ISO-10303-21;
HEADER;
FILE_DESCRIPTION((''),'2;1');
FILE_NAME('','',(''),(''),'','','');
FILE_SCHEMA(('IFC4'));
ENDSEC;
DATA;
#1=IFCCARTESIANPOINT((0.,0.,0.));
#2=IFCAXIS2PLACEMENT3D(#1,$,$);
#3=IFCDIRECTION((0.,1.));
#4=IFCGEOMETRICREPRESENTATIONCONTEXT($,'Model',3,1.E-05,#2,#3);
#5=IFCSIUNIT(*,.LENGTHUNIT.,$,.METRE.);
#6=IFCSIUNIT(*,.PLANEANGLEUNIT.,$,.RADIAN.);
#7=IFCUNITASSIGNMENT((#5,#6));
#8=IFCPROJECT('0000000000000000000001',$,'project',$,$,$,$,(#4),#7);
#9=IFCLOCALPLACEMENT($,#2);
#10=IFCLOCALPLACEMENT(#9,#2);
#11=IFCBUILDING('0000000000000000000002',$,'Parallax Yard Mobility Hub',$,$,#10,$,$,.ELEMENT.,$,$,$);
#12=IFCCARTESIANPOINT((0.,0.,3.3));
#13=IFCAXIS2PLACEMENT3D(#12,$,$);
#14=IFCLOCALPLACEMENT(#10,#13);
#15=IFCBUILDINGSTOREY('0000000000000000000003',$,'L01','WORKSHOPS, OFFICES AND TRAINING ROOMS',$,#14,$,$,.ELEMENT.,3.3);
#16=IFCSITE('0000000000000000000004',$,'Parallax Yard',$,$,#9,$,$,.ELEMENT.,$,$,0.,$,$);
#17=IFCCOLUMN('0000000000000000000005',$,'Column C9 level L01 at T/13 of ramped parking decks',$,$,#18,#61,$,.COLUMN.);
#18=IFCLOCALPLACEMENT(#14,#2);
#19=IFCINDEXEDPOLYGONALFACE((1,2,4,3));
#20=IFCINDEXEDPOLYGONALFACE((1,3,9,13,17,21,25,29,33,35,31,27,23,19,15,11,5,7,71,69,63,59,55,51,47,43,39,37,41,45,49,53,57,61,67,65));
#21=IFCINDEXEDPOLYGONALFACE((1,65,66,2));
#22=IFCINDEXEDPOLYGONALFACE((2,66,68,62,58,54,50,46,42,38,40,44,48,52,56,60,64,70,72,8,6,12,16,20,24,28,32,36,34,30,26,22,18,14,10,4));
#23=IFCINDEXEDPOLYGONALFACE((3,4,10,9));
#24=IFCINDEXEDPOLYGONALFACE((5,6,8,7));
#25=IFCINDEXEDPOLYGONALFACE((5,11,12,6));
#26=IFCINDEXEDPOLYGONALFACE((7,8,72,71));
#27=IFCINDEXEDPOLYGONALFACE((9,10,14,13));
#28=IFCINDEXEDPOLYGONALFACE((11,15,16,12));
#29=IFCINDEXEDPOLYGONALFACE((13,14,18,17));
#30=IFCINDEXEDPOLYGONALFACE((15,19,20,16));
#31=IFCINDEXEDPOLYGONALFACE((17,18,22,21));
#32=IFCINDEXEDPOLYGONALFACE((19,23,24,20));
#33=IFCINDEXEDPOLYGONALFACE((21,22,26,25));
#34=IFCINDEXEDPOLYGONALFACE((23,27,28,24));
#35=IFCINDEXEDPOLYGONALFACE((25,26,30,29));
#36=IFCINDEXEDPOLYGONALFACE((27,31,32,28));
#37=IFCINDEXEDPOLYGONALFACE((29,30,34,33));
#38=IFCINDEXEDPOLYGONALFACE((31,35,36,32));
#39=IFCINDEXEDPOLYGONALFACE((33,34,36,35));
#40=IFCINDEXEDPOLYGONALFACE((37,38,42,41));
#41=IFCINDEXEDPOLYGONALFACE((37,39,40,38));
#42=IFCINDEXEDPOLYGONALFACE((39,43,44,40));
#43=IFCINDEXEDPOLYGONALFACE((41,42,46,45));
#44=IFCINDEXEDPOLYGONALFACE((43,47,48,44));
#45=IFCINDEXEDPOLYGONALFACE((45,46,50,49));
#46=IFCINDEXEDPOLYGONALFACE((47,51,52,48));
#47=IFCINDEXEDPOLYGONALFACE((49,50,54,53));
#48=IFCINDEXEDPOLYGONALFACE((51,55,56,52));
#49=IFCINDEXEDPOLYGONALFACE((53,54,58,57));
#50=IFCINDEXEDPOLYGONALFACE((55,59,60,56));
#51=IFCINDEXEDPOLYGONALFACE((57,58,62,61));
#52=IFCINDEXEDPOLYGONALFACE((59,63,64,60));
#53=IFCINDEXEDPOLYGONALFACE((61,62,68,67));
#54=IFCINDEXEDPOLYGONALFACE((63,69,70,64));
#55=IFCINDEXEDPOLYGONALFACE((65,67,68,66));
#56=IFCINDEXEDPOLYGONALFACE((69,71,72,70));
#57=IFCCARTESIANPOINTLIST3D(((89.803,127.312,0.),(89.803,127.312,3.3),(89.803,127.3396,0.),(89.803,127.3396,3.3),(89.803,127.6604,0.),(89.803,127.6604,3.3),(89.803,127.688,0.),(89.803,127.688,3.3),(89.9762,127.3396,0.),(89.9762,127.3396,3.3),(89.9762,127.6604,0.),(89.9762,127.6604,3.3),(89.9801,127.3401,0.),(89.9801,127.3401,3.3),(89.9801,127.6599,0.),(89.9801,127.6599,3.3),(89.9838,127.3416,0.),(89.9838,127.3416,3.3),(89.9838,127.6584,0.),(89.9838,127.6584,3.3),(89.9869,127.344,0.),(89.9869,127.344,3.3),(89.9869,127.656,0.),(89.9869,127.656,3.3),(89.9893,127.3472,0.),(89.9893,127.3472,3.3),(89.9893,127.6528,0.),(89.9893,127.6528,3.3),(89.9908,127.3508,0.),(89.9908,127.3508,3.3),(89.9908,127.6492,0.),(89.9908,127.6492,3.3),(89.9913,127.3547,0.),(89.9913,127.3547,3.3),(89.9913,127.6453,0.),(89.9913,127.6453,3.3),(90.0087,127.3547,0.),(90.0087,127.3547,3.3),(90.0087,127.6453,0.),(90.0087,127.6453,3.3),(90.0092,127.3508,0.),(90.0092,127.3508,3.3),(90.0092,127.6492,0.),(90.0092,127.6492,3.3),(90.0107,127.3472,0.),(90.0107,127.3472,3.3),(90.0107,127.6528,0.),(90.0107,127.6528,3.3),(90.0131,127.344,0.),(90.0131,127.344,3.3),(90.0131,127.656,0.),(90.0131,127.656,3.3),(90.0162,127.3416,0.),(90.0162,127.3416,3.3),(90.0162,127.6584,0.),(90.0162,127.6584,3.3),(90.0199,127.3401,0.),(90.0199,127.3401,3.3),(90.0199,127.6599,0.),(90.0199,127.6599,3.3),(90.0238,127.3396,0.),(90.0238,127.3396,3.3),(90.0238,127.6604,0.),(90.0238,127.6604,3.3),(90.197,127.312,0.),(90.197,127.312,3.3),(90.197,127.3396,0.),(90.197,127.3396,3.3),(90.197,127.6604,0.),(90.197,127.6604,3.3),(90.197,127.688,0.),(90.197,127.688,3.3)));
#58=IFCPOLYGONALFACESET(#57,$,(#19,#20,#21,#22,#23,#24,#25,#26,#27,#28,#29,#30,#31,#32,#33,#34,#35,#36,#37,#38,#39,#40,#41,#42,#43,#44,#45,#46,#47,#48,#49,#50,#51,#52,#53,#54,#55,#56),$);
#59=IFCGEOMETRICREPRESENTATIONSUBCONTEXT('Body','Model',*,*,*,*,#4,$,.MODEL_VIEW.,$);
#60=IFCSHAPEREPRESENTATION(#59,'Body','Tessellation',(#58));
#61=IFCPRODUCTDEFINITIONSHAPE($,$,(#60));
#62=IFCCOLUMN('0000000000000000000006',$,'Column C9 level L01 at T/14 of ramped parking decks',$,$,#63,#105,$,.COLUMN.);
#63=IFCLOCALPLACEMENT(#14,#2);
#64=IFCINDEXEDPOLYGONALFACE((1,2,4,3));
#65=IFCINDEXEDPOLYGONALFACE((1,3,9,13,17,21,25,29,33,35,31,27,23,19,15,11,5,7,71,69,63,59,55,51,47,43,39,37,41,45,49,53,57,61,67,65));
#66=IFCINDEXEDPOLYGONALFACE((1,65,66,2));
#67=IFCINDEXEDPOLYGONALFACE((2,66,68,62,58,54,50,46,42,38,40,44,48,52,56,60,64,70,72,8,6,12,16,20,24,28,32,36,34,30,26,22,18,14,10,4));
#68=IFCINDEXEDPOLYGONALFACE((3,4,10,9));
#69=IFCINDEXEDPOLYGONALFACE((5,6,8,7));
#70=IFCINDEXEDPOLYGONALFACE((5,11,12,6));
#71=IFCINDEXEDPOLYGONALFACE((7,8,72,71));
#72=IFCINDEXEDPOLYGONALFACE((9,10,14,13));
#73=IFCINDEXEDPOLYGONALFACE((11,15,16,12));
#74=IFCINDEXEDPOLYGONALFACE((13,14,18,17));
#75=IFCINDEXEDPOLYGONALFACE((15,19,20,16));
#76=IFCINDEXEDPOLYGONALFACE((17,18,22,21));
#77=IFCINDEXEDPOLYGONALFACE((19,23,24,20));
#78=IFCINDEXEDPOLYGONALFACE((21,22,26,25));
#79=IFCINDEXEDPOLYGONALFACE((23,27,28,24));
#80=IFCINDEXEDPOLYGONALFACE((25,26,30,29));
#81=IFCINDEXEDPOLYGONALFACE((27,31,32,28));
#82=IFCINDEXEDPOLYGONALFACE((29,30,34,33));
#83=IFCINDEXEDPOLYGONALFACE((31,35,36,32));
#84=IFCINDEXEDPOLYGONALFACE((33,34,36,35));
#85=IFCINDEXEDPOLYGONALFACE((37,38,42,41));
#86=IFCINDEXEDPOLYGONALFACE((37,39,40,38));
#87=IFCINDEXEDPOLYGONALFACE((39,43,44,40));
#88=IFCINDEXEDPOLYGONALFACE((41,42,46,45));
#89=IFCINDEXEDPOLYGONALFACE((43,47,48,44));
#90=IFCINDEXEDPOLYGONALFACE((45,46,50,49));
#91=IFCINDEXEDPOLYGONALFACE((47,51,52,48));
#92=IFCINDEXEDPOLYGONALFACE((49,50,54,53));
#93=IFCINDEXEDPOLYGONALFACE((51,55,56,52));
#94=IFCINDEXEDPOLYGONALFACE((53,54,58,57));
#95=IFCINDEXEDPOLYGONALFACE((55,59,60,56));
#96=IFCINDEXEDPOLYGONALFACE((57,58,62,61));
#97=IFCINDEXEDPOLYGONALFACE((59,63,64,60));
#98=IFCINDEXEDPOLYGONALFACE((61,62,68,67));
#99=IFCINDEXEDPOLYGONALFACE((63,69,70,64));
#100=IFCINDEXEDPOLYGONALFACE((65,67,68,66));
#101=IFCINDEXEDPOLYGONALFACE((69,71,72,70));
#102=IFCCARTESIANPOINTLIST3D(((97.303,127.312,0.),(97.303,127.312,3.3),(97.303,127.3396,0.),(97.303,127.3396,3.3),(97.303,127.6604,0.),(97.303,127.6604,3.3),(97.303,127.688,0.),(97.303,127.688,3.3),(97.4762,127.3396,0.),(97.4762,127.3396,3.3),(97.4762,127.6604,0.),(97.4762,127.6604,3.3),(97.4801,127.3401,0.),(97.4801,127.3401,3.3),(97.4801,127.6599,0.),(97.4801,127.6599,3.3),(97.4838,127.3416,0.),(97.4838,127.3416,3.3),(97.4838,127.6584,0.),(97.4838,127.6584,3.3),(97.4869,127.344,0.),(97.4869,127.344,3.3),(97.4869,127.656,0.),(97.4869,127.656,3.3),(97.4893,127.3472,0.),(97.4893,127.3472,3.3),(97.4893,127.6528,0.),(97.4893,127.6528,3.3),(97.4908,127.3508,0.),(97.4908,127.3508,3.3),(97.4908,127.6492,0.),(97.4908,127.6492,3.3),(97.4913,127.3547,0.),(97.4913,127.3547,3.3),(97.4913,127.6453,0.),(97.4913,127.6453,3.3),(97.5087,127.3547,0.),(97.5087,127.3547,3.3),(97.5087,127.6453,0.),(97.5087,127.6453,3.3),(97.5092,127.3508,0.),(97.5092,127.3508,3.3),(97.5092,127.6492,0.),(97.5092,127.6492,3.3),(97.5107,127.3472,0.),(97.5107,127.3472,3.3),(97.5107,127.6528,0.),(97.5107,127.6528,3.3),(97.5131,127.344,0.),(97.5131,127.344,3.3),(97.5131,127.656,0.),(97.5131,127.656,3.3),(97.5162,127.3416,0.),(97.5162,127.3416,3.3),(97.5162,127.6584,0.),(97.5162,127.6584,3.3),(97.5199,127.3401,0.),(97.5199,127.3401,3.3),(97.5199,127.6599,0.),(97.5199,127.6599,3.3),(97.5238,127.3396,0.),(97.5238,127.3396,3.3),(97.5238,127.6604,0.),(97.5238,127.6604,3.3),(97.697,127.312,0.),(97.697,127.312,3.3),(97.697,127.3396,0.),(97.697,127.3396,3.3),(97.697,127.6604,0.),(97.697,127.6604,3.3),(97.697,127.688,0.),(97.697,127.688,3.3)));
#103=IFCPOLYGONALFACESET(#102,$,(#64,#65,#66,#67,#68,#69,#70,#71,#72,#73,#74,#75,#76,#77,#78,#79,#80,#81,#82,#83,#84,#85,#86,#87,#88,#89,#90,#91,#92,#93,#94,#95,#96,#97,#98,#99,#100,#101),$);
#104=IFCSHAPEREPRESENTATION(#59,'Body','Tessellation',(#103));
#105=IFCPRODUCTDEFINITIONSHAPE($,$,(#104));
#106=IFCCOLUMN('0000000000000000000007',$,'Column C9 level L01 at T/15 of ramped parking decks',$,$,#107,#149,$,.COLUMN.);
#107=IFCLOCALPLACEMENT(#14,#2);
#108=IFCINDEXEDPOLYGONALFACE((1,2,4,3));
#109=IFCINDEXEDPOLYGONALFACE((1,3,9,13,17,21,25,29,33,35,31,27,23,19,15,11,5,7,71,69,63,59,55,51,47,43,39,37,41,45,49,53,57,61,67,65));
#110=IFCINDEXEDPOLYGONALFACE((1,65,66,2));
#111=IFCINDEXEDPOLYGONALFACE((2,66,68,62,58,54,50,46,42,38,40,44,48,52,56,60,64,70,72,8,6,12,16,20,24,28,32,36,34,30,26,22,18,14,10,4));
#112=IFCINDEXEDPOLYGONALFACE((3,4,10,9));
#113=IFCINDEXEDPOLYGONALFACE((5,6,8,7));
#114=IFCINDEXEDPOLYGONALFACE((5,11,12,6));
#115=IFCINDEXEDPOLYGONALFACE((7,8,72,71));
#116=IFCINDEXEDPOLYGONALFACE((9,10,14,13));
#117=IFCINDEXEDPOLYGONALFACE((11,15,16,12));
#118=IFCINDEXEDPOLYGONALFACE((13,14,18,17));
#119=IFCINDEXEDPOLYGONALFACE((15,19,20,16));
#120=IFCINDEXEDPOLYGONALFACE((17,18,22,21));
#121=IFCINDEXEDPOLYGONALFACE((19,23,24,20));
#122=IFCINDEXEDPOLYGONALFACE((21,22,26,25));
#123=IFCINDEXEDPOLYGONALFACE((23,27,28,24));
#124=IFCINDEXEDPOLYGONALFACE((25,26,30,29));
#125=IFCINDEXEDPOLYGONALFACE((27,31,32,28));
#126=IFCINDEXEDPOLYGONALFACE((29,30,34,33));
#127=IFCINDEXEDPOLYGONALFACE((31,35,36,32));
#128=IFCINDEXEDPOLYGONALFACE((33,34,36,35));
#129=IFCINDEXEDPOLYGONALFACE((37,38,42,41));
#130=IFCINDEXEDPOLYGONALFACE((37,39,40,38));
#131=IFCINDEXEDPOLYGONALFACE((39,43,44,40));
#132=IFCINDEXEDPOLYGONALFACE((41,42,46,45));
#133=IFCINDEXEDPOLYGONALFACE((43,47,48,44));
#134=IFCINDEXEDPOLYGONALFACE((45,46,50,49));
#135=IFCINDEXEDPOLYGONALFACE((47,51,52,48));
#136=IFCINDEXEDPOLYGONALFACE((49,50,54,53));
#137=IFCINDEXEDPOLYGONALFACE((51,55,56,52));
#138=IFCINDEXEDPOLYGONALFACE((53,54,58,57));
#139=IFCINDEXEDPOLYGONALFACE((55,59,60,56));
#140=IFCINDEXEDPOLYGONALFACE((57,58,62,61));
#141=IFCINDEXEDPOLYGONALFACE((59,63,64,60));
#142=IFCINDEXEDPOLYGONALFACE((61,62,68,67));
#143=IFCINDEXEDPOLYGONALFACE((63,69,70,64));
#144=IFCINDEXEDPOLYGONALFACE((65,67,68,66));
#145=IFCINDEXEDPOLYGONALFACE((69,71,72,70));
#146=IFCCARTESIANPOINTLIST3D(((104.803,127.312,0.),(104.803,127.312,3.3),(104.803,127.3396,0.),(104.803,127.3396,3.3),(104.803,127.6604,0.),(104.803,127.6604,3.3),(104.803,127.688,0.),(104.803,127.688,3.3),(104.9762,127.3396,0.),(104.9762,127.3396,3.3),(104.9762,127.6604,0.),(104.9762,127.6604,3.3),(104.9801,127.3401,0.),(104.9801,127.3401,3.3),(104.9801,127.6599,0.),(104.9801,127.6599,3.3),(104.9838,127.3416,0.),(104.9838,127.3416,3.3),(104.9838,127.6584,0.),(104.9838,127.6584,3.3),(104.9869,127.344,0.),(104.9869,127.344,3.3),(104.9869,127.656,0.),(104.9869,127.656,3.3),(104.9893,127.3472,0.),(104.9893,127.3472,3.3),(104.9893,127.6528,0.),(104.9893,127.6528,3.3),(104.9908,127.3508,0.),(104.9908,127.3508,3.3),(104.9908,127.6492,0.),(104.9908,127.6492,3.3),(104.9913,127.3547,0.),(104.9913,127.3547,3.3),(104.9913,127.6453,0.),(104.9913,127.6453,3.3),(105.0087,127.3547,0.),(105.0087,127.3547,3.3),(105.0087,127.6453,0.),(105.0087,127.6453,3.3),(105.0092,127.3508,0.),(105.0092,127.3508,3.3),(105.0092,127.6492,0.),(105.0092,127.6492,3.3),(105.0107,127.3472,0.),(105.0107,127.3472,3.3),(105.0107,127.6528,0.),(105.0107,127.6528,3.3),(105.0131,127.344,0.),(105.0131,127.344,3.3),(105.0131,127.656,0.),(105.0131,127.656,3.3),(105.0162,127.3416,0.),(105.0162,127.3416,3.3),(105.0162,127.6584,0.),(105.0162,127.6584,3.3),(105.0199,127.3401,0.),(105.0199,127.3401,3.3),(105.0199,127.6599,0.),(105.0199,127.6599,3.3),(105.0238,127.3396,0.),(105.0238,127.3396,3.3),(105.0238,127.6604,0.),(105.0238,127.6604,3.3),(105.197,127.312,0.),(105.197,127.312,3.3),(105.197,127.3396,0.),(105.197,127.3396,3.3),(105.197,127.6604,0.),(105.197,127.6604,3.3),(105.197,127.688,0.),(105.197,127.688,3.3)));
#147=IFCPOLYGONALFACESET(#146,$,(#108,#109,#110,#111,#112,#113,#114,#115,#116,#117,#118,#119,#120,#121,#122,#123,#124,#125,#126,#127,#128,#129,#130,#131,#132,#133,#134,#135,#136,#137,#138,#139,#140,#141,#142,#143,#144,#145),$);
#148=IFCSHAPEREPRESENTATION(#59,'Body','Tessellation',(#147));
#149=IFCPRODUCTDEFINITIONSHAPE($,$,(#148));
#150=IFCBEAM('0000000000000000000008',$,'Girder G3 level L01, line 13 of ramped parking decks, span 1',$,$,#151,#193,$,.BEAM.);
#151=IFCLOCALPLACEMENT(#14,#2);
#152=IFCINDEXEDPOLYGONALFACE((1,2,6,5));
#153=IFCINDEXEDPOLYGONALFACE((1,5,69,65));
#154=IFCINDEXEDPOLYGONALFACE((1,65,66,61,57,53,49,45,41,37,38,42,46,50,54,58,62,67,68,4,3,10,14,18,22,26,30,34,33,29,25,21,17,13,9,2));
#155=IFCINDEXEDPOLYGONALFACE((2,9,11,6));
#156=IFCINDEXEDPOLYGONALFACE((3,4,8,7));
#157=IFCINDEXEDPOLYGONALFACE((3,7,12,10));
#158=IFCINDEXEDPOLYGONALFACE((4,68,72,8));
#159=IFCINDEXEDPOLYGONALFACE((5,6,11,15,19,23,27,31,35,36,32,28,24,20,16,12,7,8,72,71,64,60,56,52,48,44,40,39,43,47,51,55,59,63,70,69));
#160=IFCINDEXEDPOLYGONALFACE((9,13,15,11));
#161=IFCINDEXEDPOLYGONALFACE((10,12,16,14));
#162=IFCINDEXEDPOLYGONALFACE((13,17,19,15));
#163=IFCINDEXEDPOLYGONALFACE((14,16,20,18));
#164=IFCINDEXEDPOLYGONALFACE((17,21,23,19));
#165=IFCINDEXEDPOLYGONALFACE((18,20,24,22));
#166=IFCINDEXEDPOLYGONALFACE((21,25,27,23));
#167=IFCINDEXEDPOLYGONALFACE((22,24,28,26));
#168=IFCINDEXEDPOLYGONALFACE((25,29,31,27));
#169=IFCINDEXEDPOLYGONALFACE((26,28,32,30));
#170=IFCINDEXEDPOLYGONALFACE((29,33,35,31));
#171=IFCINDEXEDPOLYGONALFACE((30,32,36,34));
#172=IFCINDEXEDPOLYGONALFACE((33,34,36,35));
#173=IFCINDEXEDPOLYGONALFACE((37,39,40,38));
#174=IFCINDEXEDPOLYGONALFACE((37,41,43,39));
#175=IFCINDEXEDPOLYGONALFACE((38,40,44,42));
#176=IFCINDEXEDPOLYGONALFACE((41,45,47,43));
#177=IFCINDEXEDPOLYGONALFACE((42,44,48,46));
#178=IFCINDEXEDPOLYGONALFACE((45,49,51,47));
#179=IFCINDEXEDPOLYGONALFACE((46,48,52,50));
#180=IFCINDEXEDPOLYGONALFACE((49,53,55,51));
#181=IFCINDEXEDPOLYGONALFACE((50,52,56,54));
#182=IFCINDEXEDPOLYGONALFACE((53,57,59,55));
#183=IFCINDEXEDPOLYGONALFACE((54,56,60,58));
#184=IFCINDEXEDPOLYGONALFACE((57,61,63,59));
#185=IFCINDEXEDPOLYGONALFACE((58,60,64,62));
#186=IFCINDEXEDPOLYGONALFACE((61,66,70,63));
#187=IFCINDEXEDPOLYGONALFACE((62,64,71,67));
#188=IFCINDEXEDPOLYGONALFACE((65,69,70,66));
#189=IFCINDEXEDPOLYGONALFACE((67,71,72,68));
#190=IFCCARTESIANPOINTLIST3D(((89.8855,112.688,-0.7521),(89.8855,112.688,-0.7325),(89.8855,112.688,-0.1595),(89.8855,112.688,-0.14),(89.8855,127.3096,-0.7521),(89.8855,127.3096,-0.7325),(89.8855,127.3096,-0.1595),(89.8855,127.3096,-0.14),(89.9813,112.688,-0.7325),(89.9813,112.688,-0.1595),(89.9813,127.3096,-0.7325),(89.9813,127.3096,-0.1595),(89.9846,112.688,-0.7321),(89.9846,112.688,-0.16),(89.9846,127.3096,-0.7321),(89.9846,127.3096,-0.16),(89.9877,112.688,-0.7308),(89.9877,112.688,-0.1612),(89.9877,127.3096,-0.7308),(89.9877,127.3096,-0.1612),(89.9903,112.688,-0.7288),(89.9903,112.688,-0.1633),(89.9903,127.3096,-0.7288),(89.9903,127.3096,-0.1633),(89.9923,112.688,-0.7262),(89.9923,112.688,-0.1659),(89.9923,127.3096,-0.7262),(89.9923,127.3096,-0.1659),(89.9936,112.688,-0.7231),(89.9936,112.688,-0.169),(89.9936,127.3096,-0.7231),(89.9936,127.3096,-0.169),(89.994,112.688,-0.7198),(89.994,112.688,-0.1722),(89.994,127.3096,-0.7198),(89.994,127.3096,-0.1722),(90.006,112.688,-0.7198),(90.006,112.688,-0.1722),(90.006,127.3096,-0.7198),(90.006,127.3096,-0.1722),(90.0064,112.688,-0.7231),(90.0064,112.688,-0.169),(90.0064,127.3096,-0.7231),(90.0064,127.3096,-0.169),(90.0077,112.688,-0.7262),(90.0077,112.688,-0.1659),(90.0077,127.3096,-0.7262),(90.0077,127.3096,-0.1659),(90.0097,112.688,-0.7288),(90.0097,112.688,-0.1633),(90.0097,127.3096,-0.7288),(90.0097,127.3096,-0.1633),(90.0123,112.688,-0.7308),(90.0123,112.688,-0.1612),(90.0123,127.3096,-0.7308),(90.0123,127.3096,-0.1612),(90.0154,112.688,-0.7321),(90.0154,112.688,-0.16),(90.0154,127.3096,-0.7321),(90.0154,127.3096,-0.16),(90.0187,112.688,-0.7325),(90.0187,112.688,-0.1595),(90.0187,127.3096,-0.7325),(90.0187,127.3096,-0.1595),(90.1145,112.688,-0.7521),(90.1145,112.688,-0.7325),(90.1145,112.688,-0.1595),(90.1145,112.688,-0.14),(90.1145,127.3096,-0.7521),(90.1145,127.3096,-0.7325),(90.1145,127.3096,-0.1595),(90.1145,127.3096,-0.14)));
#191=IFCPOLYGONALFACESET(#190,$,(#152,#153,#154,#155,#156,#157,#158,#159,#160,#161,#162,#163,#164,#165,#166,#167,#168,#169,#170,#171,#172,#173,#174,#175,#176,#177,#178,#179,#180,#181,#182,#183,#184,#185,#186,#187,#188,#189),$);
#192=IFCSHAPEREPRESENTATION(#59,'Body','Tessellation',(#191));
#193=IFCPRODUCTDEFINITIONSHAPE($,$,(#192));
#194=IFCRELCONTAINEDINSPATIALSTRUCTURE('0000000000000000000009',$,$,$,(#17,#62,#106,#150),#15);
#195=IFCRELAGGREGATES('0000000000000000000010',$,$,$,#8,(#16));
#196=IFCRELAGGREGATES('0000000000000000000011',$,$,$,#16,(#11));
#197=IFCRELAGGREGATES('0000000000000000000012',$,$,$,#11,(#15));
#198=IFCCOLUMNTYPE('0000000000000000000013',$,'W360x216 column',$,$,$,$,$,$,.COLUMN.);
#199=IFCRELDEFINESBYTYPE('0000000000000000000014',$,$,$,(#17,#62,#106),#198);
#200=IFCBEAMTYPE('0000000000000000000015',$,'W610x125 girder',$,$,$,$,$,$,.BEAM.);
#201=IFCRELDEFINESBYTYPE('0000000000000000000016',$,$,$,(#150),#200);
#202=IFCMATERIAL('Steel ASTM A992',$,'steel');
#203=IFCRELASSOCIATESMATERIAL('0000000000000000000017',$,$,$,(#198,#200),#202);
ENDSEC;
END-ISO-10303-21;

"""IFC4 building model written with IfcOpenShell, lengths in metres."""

from ifc_helpers import new_model, si_unit, direction, frame, origin, origin_2d, place, context, subcontext, project, spatial, i_section, extrude, material, material_profile, profile_set, type_object, element, save


model = new_model("IFC4")

# Units and contexts
model_context = context("Model", 3, precision=1e-05, world=origin(), true_north=direction((0.0, 1.0)))
body_context = subcontext(model_context, "Body", "Model", "MODEL_VIEW")
ifc_project = project(units=[si_unit("LENGTHUNIT", "METRE"), si_unit("PLANEANGLEUNIT", "RADIAN")], contexts=[model_context])

# Site, building, storey
site_placement = place(None, origin())
site = spatial("IfcSite", under=ifc_project, at=site_placement, Name="Parallax Yard", CompositionType="ELEMENT", RefElevation=0.0)
building_placement = place(site_placement, origin())
building = spatial("IfcBuilding", under=site, at=building_placement, Name="Parallax Yard Mobility Hub", CompositionType="ELEMENT")
storey_placement = place(building_placement, frame((0.0, 0.0, 3.3)))
storey = spatial("IfcBuildingStorey", under=building, at=storey_placement, Name="L01", Description="WORKSHOPS, OFFICES AND TRAINING ROOMS", CompositionType="ELEMENT", Elevation=3.3)

# Columns
ifc_material_1 = material(Name="Steel ASTM A992", Category="steel")
ifc_material_profile_1 = material_profile(ifc_material_1, i_section(OverallWidth=0.394, OverallDepth=0.376, WebThickness=0.0173, FlangeThickness=0.0276, FilletRadius=0.0151, at=origin_2d()), Name="W360x216")
ifc_profile_set_1 = profile_set([ifc_material_profile_1], Name="Steel ASTM A992")
column_type = type_object("IfcColumnType", Name="W360x216 column", PredefinedType="COLUMN", material=ifc_profile_set_1)
for number, where, z_axis, x_axis, name in (
    (1, (90.0, 127.5, 0.0), (0.0, 0.0, 1.0), (1.0, 0.0, 0.0), "Column C9 level L01 at T/13 of ramped parking decks"),
    (2, (97.5, 127.5, 0.0), (0.0, 0.0, 1.0), (1.0, 0.0, 0.0), "Column C9 level L01 at T/14 of ramped parking decks"),
    (3, (105.0, 127.5, 0.0), (0.0, 0.0, 1.0), (1.0, 0.0, 0.0), "Column C9 level L01 at T/15 of ramped parking decks"),
):
    element("IfcColumn", number, at=place(storey_placement, frame(where, z_axis=z_axis, x_axis=x_axis)), inside=storey, type_object=column_type, Name=name, PredefinedType="COLUMN", context=body_context, shape_type="SweptSolid", body=[
        extrude(i_section(OverallWidth=0.394, OverallDepth=0.376, WebThickness=0.0173, FlangeThickness=0.0276, FilletRadius=0.0151, at=origin_2d()), origin(), (0.0, 0.0, 1.0), 3.3),
    ])

# Beam
ifc_material_profile_2 = material_profile(ifc_material_1, i_section(OverallWidth=0.229, OverallDepth=0.6121, WebThickness=0.012, FlangeThickness=0.0195, FilletRadius=0.0127, at=origin_2d()), Name="W610x125")
ifc_profile_set_2 = profile_set([ifc_material_profile_2], Name="Steel ASTM A992")
beam_type_1 = type_object("IfcBeamType", Name="W610x125 girder", PredefinedType="BEAM", material=ifc_profile_set_2)
beam_placement = place(storey_placement, frame((90.0, 112.688, -0.446), z_axis=(0.0, 1.0, 0.0), x_axis=(-1.0, 0.0, 0.0)))
element("IfcBeam", 4, at=beam_placement, inside=storey, type_object=beam_type_1, Name="Girder G3 level L01, line 13 of ramped parking decks, span 1", PredefinedType="BEAM", context=body_context, shape_type="SweptSolid", body=[
    extrude(i_section(OverallWidth=0.229, OverallDepth=0.6121, WebThickness=0.012, FlangeThickness=0.0195, FilletRadius=0.0127, at=origin_2d()), origin(), (0.0, 0.0, 1.0), 14.6216),
])

save(model, "model.ifc")
